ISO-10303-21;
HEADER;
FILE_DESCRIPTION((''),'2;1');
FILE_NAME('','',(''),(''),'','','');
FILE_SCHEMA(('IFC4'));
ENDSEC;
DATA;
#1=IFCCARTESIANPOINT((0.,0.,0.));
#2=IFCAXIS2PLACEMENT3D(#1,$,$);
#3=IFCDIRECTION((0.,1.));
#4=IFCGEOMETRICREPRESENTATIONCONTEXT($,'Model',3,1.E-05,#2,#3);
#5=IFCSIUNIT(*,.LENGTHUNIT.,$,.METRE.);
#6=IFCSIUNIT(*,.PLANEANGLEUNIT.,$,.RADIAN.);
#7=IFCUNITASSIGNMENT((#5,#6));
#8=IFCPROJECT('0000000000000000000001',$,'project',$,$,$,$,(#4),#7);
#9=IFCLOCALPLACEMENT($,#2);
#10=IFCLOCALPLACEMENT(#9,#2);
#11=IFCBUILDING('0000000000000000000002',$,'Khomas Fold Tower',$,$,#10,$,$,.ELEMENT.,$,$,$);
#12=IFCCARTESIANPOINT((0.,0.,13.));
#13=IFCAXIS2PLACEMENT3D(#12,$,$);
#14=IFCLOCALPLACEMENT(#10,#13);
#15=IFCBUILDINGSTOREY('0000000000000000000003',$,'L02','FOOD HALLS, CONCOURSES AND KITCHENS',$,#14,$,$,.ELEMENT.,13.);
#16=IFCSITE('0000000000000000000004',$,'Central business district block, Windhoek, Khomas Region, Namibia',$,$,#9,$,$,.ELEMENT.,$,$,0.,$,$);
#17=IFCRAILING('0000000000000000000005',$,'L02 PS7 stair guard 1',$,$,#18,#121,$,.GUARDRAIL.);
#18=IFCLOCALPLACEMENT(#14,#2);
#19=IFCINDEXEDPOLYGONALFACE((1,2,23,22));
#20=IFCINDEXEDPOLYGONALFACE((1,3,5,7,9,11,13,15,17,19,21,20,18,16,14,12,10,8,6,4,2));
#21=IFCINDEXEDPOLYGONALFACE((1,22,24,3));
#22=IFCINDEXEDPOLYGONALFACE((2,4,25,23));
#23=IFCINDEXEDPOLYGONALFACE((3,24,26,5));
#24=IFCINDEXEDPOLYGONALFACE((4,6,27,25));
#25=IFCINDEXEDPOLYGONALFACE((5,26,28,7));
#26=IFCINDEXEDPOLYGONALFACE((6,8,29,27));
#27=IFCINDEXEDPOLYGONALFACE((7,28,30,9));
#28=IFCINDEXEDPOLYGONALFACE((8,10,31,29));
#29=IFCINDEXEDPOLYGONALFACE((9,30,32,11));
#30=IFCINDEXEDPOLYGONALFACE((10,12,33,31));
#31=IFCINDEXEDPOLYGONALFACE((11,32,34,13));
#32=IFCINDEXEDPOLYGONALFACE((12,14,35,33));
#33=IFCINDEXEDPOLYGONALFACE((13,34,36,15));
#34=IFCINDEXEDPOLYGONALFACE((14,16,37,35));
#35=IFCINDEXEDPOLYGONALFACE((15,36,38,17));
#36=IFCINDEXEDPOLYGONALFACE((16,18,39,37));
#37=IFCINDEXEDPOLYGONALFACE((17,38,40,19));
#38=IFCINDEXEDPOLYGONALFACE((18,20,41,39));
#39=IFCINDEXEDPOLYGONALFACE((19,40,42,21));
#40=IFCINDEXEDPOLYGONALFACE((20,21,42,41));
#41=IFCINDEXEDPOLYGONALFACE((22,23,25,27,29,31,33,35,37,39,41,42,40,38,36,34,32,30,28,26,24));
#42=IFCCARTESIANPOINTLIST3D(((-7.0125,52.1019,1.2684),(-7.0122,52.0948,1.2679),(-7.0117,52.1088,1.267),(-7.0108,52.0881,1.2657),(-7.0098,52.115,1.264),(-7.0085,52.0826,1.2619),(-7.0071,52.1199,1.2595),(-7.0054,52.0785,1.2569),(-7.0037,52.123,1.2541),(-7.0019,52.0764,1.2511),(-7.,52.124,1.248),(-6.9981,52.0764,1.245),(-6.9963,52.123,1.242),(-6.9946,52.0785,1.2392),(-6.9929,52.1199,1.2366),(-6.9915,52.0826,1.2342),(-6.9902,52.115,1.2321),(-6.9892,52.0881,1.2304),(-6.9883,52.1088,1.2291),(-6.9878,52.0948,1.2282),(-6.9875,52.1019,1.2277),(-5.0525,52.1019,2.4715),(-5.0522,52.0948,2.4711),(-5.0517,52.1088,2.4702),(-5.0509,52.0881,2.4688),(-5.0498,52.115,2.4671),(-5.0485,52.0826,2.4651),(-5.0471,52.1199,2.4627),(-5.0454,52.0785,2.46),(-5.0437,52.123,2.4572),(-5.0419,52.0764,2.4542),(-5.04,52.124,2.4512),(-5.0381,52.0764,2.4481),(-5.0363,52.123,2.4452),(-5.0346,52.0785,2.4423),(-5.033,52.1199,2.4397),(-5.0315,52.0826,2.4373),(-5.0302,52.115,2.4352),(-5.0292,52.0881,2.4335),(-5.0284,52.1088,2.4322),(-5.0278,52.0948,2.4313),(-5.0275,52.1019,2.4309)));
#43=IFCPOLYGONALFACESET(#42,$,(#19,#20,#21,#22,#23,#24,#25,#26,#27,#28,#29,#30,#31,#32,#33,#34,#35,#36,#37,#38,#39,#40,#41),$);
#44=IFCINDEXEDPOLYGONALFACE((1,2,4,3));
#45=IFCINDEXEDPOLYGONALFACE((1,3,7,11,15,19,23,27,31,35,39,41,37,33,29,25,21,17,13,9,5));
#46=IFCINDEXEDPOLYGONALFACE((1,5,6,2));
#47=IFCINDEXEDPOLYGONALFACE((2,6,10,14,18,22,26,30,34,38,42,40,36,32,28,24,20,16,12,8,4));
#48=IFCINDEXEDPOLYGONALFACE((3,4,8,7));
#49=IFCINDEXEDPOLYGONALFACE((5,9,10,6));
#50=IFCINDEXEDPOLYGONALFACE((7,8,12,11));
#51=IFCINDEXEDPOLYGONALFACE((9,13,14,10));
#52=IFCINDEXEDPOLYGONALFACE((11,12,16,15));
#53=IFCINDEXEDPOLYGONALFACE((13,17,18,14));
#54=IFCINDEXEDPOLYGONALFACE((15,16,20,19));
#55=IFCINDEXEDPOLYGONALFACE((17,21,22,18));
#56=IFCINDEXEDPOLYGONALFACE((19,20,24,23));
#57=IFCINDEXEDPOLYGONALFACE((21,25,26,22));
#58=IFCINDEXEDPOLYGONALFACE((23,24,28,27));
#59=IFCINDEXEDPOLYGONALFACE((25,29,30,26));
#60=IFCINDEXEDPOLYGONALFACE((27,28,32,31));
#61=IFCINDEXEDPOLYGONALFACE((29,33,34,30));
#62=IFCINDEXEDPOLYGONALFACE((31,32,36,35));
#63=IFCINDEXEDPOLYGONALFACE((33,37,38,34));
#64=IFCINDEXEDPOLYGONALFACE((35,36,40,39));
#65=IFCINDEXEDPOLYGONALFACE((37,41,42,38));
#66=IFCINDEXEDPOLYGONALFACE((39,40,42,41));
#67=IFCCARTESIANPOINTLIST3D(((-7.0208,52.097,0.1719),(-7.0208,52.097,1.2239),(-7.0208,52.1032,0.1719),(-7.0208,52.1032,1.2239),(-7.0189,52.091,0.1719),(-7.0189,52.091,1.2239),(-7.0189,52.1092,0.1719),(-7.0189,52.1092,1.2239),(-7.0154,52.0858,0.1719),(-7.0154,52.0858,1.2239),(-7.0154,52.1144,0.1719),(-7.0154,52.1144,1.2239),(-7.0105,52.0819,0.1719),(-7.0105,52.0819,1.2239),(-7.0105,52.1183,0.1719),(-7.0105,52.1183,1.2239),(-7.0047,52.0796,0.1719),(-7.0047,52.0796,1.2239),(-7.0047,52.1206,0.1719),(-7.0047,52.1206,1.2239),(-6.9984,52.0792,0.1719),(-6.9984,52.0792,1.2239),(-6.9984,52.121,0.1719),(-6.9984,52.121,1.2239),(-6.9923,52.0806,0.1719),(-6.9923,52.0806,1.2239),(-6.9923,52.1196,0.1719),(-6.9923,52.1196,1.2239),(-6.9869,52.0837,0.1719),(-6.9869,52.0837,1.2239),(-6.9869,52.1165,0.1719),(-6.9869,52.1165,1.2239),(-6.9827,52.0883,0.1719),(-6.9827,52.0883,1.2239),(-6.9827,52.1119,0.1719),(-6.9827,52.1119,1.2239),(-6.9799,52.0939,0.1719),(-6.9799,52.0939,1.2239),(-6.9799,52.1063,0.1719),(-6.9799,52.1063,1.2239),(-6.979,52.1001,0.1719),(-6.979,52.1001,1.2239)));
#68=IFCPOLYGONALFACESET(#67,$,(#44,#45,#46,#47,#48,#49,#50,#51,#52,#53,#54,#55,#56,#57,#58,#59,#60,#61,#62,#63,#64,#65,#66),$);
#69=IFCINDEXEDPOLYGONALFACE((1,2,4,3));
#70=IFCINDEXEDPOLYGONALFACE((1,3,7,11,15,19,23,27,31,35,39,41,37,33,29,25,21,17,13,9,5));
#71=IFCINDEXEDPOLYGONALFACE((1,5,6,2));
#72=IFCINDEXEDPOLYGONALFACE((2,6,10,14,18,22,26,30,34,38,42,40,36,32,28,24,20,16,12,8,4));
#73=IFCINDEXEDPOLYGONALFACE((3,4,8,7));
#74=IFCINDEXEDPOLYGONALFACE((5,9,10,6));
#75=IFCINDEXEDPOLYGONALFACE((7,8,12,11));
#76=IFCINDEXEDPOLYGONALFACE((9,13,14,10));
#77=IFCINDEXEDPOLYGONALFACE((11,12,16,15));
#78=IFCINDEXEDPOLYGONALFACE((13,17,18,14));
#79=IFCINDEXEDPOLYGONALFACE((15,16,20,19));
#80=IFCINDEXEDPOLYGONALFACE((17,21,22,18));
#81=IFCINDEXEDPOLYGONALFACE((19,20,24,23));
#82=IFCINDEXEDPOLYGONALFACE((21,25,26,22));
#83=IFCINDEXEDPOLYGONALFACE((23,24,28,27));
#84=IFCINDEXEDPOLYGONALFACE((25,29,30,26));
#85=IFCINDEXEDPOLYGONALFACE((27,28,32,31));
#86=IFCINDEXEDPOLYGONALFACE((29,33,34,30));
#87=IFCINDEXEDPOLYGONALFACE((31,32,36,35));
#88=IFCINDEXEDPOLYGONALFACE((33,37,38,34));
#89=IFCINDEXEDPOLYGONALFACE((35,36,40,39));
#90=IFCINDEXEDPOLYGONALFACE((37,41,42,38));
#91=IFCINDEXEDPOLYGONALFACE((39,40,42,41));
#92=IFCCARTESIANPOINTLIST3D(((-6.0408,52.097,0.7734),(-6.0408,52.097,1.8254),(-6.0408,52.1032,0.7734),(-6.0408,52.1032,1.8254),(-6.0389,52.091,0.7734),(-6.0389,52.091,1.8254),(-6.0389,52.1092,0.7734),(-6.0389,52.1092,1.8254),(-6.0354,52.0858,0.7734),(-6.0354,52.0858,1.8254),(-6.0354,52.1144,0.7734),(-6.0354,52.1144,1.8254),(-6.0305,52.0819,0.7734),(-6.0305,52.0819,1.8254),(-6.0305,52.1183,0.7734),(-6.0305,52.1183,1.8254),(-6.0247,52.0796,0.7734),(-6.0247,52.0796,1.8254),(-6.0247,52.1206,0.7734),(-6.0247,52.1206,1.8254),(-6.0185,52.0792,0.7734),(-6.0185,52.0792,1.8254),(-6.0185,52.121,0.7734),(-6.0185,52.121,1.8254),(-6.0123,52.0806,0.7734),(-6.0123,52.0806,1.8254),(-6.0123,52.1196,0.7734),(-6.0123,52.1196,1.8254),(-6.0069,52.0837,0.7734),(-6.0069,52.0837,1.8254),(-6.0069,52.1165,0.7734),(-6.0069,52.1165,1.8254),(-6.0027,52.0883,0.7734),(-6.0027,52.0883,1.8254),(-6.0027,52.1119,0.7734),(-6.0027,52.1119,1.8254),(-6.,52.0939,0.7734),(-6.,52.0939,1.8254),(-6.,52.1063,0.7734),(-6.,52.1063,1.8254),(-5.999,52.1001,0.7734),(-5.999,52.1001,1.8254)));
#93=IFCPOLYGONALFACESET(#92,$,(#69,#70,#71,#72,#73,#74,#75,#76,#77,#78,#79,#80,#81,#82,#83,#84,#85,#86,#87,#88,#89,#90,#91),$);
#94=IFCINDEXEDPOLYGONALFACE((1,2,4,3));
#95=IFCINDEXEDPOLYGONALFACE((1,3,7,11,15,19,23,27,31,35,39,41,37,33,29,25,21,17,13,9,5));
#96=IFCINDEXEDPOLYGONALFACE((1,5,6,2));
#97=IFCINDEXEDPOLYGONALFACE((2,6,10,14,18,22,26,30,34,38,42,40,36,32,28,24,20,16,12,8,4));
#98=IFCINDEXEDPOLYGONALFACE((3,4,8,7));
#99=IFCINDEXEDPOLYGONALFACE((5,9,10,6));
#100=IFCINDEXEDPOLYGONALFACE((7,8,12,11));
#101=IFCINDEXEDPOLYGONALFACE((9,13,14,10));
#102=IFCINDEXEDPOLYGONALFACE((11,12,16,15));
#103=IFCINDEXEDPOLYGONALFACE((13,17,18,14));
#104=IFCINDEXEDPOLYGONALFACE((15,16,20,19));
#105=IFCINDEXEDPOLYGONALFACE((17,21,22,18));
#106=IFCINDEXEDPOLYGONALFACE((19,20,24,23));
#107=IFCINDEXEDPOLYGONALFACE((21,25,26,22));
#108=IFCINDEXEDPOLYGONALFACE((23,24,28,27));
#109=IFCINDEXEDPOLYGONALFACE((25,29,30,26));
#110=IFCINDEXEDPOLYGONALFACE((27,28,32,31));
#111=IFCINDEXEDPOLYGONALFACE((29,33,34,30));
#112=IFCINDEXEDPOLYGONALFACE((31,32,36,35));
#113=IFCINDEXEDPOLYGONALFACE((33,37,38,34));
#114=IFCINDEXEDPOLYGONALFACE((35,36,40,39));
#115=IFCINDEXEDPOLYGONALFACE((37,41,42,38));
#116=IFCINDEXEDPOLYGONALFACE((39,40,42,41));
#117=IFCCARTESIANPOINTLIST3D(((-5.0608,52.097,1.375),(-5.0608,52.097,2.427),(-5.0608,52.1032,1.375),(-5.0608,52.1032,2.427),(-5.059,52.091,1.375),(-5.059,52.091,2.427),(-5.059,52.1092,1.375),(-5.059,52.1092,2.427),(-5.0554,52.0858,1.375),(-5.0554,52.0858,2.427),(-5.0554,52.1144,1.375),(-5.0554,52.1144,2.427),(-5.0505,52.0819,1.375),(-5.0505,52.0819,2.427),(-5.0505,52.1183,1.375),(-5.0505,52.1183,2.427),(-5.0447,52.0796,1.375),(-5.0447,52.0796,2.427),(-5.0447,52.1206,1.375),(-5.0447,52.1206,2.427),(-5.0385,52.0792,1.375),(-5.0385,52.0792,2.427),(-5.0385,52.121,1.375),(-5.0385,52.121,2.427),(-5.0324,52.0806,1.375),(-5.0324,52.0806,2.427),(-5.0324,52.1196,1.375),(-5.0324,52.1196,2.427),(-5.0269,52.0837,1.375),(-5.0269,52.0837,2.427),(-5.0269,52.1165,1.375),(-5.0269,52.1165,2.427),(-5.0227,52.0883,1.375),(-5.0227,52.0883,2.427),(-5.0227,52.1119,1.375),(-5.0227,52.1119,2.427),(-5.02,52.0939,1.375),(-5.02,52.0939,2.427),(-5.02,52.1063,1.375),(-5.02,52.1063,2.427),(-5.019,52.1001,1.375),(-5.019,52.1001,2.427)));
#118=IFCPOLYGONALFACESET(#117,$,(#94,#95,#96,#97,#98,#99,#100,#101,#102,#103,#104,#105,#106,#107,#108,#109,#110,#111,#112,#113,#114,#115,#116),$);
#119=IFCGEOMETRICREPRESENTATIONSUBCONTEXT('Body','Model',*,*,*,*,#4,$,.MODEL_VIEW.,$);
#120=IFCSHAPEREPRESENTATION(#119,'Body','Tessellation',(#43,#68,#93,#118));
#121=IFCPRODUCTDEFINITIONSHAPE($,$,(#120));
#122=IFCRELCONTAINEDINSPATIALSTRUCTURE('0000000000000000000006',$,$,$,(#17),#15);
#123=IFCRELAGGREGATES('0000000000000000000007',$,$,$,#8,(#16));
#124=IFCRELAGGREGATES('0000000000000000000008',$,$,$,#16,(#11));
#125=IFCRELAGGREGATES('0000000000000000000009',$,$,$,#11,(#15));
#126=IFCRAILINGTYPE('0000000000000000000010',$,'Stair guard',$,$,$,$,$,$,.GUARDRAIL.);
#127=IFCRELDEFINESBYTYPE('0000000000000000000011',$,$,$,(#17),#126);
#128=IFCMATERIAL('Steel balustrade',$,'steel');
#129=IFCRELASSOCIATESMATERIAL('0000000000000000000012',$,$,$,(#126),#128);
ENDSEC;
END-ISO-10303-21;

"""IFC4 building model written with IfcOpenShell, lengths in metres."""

from ifc_helpers import new_model, si_unit, direction, frame, origin, origin_2d, place, context, subcontext, project, spatial, circle, extrude, source, transform, mapped, material, type_object, element, save


model = new_model("IFC4")

# Units and contexts
model_context = context("Model", 3, precision=1e-05, world=origin(), true_north=direction((0.0, 1.0)))
body_context = subcontext(model_context, "Body", "Model", "MODEL_VIEW")
ifc_project = project(units=[si_unit("LENGTHUNIT", "METRE"), si_unit("PLANEANGLEUNIT", "RADIAN")], contexts=[model_context])

# Site, building, storey
site_placement = place(None, origin())
site = spatial("IfcSite", under=ifc_project, at=site_placement, Name="Central business district block, Windhoek, Khomas Region, Namibia", CompositionType="ELEMENT", RefElevation=0.0)
building_placement = place(site_placement, origin())
building = spatial("IfcBuilding", under=site, at=building_placement, Name="Khomas Fold Tower", CompositionType="ELEMENT")
storey_placement = place(building_placement, frame((0.0, 0.0, 13.0)))
storey = spatial("IfcBuildingStorey", under=building, at=storey_placement, Name="L02", Description="FOOD HALLS, CONCOURSES AND KITCHENS", CompositionType="ELEMENT", Elevation=13.0)

# Railing
ifc_material_1 = material(Name="Steel balustrade", Category="steel")
railing_type_1 = type_object("IfcRailingType", Name="Stair guard", PredefinedType="GUARDRAIL", material=ifc_material_1)
shared_shape_1 = source(origin(), body_context, "Body", "SweptSolid", [
    extrude(circle(Radius=0.0239, at=origin_2d()), frame((0.0, 0.0, 1.0762), z_axis=(0.852241, 0.0, 0.523149), x_axis=(0.0, 1.0, 0.0)), (0.0, 0.0, 1.0), 2.2998),
    extrude(circle(Radius=0.021, at=origin_2d()), origin(), (0.0, 0.0, 1.0), 1.052),
    extrude(circle(Radius=0.021, at=origin_2d()), frame((0.98, 0.0, 0.6016)), (0.0, 0.0, 1.0), 1.052),
    extrude(circle(Radius=0.021, at=origin_2d()), frame((1.96, 0.0, 1.2031)), (0.0, 0.0, 1.0), 1.052),
])
for number, where, name in (
    (1, (-7.0, 52.1001, 0.1719), "L02 PS7 stair guard 1"),
):
    element("IfcRailing", number, at=place(storey_placement, frame(where)), inside=storey, type_object=railing_type_1, Name=name, PredefinedType="GUARDRAIL", context=body_context, shape_type="MappedRepresentation", body=[
        mapped(shared_shape_1, transform((0.0, 0.0, 0.0))),
    ])

save(model, "model.ifc")
